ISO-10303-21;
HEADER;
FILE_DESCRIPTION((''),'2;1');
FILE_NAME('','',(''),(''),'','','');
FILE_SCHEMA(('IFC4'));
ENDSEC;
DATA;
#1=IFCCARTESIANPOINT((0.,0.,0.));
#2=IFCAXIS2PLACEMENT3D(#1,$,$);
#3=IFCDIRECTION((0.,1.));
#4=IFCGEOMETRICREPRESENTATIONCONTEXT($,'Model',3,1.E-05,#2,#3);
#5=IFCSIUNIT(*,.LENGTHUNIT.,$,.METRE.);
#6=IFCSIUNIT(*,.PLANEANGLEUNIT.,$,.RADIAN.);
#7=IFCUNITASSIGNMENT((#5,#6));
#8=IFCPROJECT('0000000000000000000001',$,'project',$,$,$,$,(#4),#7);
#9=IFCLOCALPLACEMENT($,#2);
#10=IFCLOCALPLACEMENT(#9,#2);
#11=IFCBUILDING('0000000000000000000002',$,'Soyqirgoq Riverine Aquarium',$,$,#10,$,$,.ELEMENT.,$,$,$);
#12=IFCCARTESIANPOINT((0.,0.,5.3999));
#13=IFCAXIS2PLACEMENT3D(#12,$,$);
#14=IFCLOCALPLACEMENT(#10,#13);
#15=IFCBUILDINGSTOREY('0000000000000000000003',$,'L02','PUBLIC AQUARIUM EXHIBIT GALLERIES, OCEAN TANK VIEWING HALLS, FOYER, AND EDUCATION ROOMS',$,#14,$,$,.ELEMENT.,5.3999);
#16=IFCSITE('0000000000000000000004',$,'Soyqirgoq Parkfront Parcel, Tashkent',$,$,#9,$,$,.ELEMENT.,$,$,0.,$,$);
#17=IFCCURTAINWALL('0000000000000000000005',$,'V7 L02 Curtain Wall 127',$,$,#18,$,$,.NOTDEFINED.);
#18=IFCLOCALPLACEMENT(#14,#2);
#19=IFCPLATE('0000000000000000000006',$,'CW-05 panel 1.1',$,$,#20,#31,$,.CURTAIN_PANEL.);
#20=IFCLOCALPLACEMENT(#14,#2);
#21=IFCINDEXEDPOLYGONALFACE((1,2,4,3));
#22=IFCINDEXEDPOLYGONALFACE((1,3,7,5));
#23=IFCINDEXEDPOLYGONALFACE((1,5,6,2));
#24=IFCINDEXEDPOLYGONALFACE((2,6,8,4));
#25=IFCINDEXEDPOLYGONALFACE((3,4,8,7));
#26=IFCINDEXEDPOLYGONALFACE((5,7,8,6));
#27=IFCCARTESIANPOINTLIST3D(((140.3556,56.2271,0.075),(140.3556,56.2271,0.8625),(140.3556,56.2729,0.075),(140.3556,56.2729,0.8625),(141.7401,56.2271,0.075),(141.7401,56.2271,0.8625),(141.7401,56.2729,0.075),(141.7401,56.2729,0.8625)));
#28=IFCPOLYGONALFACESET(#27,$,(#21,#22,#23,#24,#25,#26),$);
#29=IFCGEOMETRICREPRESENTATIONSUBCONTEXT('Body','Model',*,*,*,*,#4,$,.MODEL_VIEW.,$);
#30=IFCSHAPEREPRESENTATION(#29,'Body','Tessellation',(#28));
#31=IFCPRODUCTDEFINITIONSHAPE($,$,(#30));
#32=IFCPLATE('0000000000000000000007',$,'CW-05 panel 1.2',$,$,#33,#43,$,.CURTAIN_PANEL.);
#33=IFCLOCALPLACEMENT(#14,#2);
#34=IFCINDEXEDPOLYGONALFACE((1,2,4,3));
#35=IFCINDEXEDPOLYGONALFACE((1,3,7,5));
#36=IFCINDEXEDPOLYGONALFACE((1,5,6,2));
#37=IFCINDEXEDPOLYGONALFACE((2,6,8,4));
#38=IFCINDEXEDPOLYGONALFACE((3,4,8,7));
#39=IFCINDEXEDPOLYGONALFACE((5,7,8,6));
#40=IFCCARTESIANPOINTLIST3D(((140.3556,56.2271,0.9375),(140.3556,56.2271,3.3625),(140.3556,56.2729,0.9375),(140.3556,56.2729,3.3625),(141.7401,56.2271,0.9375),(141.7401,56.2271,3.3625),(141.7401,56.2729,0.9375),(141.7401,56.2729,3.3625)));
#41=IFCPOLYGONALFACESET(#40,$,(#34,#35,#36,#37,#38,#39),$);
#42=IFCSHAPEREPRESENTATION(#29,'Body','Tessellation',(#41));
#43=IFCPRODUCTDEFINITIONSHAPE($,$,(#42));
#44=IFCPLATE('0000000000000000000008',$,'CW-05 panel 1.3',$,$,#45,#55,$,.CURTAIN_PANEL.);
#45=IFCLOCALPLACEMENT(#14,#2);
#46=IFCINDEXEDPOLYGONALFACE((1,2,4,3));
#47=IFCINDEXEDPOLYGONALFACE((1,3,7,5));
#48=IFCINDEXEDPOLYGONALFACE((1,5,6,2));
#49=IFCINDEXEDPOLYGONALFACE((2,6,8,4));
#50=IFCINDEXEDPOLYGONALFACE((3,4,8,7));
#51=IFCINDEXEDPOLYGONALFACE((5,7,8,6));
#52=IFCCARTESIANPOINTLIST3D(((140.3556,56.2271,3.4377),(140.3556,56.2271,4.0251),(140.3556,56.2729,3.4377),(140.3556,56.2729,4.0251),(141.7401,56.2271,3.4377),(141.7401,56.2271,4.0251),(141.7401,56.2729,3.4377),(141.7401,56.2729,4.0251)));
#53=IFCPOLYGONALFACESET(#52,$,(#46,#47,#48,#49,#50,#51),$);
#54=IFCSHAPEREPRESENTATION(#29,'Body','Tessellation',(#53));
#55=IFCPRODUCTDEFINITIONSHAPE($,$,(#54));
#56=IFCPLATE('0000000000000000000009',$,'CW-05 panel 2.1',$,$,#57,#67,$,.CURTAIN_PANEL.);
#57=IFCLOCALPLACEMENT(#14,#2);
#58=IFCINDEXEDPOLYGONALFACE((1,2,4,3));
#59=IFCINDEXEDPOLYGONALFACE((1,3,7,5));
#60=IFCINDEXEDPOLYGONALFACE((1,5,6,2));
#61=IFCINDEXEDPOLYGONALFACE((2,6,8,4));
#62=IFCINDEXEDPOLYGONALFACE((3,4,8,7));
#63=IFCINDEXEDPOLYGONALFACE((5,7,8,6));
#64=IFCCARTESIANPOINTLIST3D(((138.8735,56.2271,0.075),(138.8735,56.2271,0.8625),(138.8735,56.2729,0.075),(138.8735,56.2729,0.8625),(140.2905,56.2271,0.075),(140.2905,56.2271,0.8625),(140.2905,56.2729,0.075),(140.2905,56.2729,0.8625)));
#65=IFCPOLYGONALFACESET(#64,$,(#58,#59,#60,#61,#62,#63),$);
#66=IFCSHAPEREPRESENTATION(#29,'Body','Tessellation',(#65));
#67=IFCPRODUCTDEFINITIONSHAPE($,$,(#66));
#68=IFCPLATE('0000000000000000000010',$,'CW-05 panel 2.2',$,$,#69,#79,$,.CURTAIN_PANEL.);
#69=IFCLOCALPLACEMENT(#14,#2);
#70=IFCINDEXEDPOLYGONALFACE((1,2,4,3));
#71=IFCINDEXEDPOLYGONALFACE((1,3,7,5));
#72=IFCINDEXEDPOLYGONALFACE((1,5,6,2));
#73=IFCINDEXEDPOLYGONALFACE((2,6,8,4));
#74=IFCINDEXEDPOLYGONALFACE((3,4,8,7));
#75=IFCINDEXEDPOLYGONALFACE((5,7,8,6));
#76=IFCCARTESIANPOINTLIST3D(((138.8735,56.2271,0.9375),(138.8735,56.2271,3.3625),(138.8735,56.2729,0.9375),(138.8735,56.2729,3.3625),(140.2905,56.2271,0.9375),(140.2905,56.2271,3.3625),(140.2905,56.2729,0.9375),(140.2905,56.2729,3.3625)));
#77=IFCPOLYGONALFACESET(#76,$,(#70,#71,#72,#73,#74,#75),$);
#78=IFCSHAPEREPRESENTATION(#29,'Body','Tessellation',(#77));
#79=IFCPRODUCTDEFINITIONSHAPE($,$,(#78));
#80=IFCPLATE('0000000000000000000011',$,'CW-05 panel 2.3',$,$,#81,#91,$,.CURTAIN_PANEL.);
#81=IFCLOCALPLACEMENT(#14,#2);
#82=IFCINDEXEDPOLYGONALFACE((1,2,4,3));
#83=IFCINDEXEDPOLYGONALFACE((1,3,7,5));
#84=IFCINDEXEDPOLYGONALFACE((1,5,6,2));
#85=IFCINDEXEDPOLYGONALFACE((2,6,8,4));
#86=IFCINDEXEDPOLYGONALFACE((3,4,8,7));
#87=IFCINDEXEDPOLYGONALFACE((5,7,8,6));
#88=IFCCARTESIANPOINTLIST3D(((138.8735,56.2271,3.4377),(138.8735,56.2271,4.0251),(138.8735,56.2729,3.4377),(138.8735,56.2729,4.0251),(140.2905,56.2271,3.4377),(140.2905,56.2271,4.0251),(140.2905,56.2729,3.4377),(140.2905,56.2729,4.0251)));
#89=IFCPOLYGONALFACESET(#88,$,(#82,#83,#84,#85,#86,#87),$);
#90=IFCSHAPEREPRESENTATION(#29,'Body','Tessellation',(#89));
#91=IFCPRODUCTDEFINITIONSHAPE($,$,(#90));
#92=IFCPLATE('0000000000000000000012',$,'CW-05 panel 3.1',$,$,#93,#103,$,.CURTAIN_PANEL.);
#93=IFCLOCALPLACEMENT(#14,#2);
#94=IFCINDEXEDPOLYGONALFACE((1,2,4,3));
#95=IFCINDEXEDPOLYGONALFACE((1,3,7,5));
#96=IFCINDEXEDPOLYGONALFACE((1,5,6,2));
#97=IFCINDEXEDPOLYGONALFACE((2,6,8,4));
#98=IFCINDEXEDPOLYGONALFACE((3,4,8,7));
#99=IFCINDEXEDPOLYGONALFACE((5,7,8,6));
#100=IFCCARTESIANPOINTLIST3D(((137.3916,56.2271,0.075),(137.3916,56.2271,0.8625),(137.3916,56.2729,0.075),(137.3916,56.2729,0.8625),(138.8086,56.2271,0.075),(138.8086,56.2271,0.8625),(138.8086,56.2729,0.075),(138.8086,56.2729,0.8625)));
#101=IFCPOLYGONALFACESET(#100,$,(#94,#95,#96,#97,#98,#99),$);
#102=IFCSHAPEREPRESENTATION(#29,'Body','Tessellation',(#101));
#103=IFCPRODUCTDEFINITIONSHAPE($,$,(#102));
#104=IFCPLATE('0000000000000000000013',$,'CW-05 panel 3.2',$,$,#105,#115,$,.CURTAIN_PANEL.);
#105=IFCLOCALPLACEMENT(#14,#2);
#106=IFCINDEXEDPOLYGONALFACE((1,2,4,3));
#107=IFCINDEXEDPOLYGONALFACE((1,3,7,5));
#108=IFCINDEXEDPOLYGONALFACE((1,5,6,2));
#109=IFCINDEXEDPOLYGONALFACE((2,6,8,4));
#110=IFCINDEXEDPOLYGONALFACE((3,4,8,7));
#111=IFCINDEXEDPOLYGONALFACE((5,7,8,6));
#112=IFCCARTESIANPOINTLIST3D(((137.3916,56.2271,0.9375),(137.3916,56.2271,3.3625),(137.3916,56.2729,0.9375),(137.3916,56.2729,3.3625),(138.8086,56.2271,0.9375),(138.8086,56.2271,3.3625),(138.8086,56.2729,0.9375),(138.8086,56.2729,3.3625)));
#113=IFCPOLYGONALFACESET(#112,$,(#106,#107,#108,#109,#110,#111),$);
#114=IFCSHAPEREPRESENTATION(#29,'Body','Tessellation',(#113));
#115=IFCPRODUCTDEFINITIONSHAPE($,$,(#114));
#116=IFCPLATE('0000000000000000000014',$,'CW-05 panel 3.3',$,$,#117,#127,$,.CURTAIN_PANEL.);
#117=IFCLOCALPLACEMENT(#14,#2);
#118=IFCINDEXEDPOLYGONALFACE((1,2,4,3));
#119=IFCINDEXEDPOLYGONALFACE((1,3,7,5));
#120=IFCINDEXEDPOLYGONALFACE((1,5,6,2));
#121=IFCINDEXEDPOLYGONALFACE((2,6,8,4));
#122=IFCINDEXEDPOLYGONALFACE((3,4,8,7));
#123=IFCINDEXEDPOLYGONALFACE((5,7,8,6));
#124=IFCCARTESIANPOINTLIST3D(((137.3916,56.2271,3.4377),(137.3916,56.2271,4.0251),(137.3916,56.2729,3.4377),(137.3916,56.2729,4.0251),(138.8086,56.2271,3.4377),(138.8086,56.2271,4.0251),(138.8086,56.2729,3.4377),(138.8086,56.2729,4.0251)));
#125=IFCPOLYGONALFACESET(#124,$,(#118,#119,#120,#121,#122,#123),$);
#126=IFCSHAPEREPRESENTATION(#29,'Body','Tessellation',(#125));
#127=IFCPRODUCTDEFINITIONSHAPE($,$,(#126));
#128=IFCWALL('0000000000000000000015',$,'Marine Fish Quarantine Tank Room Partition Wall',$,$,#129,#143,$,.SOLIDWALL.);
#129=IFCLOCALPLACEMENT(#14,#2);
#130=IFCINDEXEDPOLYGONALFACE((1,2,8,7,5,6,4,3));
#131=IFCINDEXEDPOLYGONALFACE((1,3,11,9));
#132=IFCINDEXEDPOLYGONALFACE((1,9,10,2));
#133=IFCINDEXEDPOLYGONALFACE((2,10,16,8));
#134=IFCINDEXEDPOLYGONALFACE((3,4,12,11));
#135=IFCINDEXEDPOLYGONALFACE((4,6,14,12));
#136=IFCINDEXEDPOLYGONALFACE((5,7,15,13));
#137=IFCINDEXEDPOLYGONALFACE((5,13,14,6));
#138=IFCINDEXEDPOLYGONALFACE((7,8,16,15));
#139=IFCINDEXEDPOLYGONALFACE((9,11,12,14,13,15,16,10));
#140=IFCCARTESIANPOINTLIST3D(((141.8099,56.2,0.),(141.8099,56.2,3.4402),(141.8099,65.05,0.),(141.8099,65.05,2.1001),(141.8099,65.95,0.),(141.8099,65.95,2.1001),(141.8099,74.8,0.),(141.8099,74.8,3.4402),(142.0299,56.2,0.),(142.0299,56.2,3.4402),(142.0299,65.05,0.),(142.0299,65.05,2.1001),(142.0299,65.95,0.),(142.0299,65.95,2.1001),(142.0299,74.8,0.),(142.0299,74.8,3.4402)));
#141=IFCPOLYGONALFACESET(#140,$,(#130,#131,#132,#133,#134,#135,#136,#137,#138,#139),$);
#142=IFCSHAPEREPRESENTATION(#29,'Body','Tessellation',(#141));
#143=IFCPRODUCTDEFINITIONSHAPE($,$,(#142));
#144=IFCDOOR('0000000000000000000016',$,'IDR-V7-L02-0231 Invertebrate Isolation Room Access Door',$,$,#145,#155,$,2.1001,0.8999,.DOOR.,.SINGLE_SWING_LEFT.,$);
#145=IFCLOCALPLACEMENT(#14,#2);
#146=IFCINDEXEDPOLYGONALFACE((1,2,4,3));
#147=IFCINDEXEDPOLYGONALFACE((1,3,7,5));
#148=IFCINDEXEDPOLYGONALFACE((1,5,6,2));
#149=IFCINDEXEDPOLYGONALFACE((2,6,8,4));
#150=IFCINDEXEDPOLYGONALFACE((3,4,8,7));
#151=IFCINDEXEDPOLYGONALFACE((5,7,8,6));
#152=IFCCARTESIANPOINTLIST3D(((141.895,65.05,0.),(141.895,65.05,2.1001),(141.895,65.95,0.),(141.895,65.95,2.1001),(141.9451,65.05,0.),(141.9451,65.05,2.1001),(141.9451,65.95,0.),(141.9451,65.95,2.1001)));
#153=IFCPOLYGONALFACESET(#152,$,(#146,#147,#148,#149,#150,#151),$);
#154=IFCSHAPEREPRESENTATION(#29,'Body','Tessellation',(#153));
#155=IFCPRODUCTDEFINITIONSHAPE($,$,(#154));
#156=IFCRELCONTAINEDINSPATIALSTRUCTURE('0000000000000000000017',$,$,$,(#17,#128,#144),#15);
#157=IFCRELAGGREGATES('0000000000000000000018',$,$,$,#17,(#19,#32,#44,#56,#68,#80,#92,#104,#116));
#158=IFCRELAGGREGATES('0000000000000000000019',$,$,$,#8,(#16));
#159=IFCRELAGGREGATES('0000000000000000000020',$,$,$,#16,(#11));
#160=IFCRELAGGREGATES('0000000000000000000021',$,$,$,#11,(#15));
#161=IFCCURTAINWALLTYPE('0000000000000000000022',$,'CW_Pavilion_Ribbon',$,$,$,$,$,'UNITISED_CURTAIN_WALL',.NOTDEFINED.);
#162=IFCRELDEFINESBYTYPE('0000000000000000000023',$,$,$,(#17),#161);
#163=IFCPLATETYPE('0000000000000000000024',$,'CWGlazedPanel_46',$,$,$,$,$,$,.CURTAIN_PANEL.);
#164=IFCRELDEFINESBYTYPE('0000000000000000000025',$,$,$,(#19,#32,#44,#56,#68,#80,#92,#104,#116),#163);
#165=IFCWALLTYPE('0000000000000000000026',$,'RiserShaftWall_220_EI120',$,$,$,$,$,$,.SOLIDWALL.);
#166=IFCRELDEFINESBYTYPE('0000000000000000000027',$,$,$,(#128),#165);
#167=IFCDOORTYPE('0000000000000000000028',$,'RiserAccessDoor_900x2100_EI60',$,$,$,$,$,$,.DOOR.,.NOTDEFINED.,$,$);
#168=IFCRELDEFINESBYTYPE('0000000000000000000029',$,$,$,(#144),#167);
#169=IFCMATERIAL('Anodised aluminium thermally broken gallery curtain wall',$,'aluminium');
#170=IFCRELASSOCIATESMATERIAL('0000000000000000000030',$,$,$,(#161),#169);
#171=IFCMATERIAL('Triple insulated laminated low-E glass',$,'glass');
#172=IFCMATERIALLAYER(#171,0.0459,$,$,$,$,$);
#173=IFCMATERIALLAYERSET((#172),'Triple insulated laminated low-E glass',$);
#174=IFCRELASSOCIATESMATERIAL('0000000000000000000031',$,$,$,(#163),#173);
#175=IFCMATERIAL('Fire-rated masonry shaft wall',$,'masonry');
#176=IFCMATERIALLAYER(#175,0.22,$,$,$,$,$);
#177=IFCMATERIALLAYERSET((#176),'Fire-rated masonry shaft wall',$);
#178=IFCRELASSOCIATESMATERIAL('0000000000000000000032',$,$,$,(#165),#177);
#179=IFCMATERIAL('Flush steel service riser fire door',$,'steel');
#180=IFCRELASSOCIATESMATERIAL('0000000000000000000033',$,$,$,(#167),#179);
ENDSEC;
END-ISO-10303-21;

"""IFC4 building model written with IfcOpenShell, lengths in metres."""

from ifc_helpers import new_model, si_unit, direction, frame, frame_2d, origin, origin_2d, place, context, subcontext, project, spatial, rectangle, extrude, material, layer, layer_set, type_object, element, fill, aggregate, save


model = new_model("IFC4")

# Units and contexts
model_context = context("Model", 3, precision=1e-05, world=origin(), true_north=direction((0.0, 1.0)))
body_context = subcontext(model_context, "Body", "Model", "MODEL_VIEW")
ifc_project = project(units=[si_unit("LENGTHUNIT", "METRE"), si_unit("PLANEANGLEUNIT", "RADIAN")], contexts=[model_context])

# Site, building, storey
site_placement = place(None, origin())
site = spatial("IfcSite", under=ifc_project, at=site_placement, Name="Soyqirgoq Parkfront Parcel, Tashkent", CompositionType="ELEMENT", RefElevation=0.0)
building_placement = place(site_placement, origin())
building = spatial("IfcBuilding", under=site, at=building_placement, Name="Soyqirgoq Riverine Aquarium", CompositionType="ELEMENT")
storey_placement = place(building_placement, frame((0.0, 0.0, 5.3999)))
storey = spatial("IfcBuildingStorey", under=building, at=storey_placement, Name="L02", Description="PUBLIC AQUARIUM EXHIBIT GALLERIES, OCEAN TANK VIEWING HALLS, FOYER, AND EDUCATION ROOMS", CompositionType="ELEMENT", Elevation=5.3999)

# Curtain wall, plates
ifc_material_1 = material(Name="Anodised aluminium thermally broken gallery curtain wall", Category="aluminium")
curtain_wall_type = type_object("IfcCurtainWallType", Name="CW_Pavilion_Ribbon", ElementType="UNITISED_CURTAIN_WALL", PredefinedType="NOTDEFINED", material=ifc_material_1)
curtain_wall_placement = place(storey_placement, origin())
curtain_wall = element("IfcCurtainWall", 1, at=curtain_wall_placement, inside=storey, type_object=curtain_wall_type, Name="V7 L02 Curtain Wall 127", PredefinedType="NOTDEFINED")
ifc_material_2 = material(Name="Triple insulated laminated low-E glass", Category="glass")
ifc_layer_1 = layer(ifc_material_2, 0.0459)
ifc_layer_set_1 = layer_set([ifc_layer_1], Name="Triple insulated laminated low-E glass")
plate_type = type_object("IfcPlateType", Name="CWGlazedPanel_46", PredefinedType="CURTAIN_PANEL", material=ifc_layer_set_1)
plate_1_placement = place(storey_placement, frame((141.0479, 56.25, 0.075), z_axis=(0.0, 0.0, 1.0), x_axis=(-1.0, 0.0, 0.0)))
plate_1 = element("IfcPlate", 2, at=plate_1_placement, type_object=plate_type, Name="CW-05 panel 1.1", PredefinedType="CURTAIN_PANEL", context=body_context, shape_type="SweptSolid", body=[
    extrude(rectangle(XDim=1.3845, YDim=0.0459, at=origin_2d()), origin(), (0.0, 0.0, 1.0), 0.7876),
])
plate_2_placement = place(storey_placement, frame((141.0479, 56.25, 0.9375), z_axis=(0.0, 0.0, 1.0), x_axis=(-1.0, 0.0, 0.0)))
plate_2 = element("IfcPlate", 3, at=plate_2_placement, type_object=plate_type, Name="CW-05 panel 1.2", PredefinedType="CURTAIN_PANEL", context=body_context, shape_type="SweptSolid", body=[
    extrude(rectangle(XDim=1.3845, YDim=0.0459, at=origin_2d()), origin(), (0.0, 0.0, 1.0), 2.425),
])
plate_3_placement = place(storey_placement, frame((141.0479, 56.25, 3.4377), z_axis=(0.0, 0.0, 1.0), x_axis=(-1.0, 0.0, 0.0)))
plate_3 = element("IfcPlate", 4, at=plate_3_placement, type_object=plate_type, Name="CW-05 panel 1.3", PredefinedType="CURTAIN_PANEL", context=body_context, shape_type="SweptSolid", body=[
    extrude(rectangle(XDim=1.3845, YDim=0.0459, at=origin_2d()), origin(), (0.0, 0.0, 1.0), 0.5874),
])
plate_4_placement = place(storey_placement, frame((139.582, 56.25, 0.075), z_axis=(0.0, 0.0, 1.0), x_axis=(-1.0, 0.0, 0.0)))
plate_4 = element("IfcPlate", 5, at=plate_4_placement, type_object=plate_type, Name="CW-05 panel 2.1", PredefinedType="CURTAIN_PANEL", context=body_context, shape_type="SweptSolid", body=[
    extrude(rectangle(XDim=1.417, YDim=0.0459, at=origin_2d()), origin(), (0.0, 0.0, 1.0), 0.7876),
])
plate_5_placement = place(storey_placement, frame((139.582, 56.25, 0.9375), z_axis=(0.0, 0.0, 1.0), x_axis=(-1.0, 0.0, 0.0)))
plate_5 = element("IfcPlate", 6, at=plate_5_placement, type_object=plate_type, Name="CW-05 panel 2.2", PredefinedType="CURTAIN_PANEL", context=body_context, shape_type="SweptSolid", body=[
    extrude(rectangle(XDim=1.417, YDim=0.0459, at=origin_2d()), origin(), (0.0, 0.0, 1.0), 2.425),
])
plate_6_placement = place(storey_placement, frame((139.582, 56.25, 3.4377), z_axis=(0.0, 0.0, 1.0), x_axis=(-1.0, 0.0, 0.0)))
plate_6 = element("IfcPlate", 7, at=plate_6_placement, type_object=plate_type, Name="CW-05 panel 2.3", PredefinedType="CURTAIN_PANEL", context=body_context, shape_type="SweptSolid", body=[
    extrude(rectangle(XDim=1.417, YDim=0.0459, at=origin_2d()), origin(), (0.0, 0.0, 1.0), 0.5874),
])
plate_7_placement = place(storey_placement, frame((138.1001, 56.25, 0.075), z_axis=(0.0, 0.0, 1.0), x_axis=(-1.0, 0.0, 0.0)))
plate_7 = element("IfcPlate", 8, at=plate_7_placement, type_object=plate_type, Name="CW-05 panel 3.1", PredefinedType="CURTAIN_PANEL", context=body_context, shape_type="SweptSolid", body=[
    extrude(rectangle(XDim=1.417, YDim=0.0459, at=origin_2d()), origin(), (0.0, 0.0, 1.0), 0.7876),
])
plate_8_placement = place(storey_placement, frame((138.1001, 56.25, 0.9375), z_axis=(0.0, 0.0, 1.0), x_axis=(-1.0, 0.0, 0.0)))
plate_8 = element("IfcPlate", 9, at=plate_8_placement, type_object=plate_type, Name="CW-05 panel 3.2", PredefinedType="CURTAIN_PANEL", context=body_context, shape_type="SweptSolid", body=[
    extrude(rectangle(XDim=1.417, YDim=0.0459, at=origin_2d()), origin(), (0.0, 0.0, 1.0), 2.425),
])
plate_9_placement = place(storey_placement, frame((138.1001, 56.25, 3.4377), z_axis=(0.0, 0.0, 1.0), x_axis=(-1.0, 0.0, 0.0)))
plate_9 = element("IfcPlate", 10, at=plate_9_placement, type_object=plate_type, Name="CW-05 panel 3.3", PredefinedType="CURTAIN_PANEL", context=body_context, shape_type="SweptSolid", body=[
    extrude(rectangle(XDim=1.417, YDim=0.0459, at=origin_2d()), origin(), (0.0, 0.0, 1.0), 0.5874),
])
aggregate(curtain_wall, [plate_1, plate_2, plate_3, plate_4, plate_5, plate_6, plate_7, plate_8, plate_9])

# Wall, opening, door
ifc_material_3 = material(Name="Fire-rated masonry shaft wall", Category="masonry")
ifc_layer_2 = layer(ifc_material_3, 0.22)
ifc_layer_set_2 = layer_set([ifc_layer_2], Name="Fire-rated masonry shaft wall")
wall_type = type_object("IfcWallType", Name="RiserShaftWall_220_EI120", PredefinedType="SOLIDWALL", material=ifc_layer_set_2)
wall_placement = place(storey_placement, frame((141.9199, 56.2, 0.0), z_axis=(0.0, 0.0, 1.0), x_axis=(0.0, 1.0, 0.0)))
wall = element("IfcWall", 11, at=wall_placement, inside=storey, type_object=wall_type, Name="Marine Fish Quarantine Tank Room Partition Wall", PredefinedType="SOLIDWALL", context=body_context, shape_type="SweptSolid", body=[
    extrude(rectangle(XDim=18.6001, YDim=0.22, at=frame_2d((9.3, 0.0))), origin(), (0.0, 0.0, 1.0), 3.4402),
])
opening_placement = place(wall_placement, frame((8.8501, 0.0, 0.0)))
opening = element("IfcOpeningElement", 12, at=opening_placement, cuts=wall, PredefinedType="OPENING", context=body_context, shape_type="SweptSolid", body=[
    extrude(rectangle(XDim=0.8999, YDim=2.1001, at=frame_2d((0.45, 1.05))), frame((0.0, 0.1201, 0.0), z_axis=(0.0, -1.0, 0.0), x_axis=(1.0, 0.0, 0.0)), (0.0, 0.0, 1.0), 0.24),
])
ifc_material_4 = material(Name="Flush steel service riser fire door", Category="steel")
door_type = type_object("IfcDoorType", Name="RiserAccessDoor_900x2100_EI60", OperationType="NOTDEFINED", PredefinedType="DOOR", material=ifc_material_4)
door_placement = place(opening_placement, origin())
door = element("IfcDoor", 13, at=door_placement, inside=storey, type_object=door_type, Name="IDR-V7-L02-0231 Invertebrate Isolation Room Access Door", OperationType="SINGLE_SWING_LEFT", OverallHeight=2.1001, OverallWidth=0.8999, PredefinedType="DOOR", context=body_context, shape_type="SweptSolid", body=[
    extrude(rectangle(XDim=0.8999, YDim=2.1001, at=frame_2d((0.45, 1.05))), frame((0.0, 0.0249, 0.0), z_axis=(0.0, -1.0, 0.0), x_axis=(1.0, 0.0, 0.0)), (0.0, 0.0, 1.0), 0.05),
])
fill(opening, door)

save(model, "model.ifc")
